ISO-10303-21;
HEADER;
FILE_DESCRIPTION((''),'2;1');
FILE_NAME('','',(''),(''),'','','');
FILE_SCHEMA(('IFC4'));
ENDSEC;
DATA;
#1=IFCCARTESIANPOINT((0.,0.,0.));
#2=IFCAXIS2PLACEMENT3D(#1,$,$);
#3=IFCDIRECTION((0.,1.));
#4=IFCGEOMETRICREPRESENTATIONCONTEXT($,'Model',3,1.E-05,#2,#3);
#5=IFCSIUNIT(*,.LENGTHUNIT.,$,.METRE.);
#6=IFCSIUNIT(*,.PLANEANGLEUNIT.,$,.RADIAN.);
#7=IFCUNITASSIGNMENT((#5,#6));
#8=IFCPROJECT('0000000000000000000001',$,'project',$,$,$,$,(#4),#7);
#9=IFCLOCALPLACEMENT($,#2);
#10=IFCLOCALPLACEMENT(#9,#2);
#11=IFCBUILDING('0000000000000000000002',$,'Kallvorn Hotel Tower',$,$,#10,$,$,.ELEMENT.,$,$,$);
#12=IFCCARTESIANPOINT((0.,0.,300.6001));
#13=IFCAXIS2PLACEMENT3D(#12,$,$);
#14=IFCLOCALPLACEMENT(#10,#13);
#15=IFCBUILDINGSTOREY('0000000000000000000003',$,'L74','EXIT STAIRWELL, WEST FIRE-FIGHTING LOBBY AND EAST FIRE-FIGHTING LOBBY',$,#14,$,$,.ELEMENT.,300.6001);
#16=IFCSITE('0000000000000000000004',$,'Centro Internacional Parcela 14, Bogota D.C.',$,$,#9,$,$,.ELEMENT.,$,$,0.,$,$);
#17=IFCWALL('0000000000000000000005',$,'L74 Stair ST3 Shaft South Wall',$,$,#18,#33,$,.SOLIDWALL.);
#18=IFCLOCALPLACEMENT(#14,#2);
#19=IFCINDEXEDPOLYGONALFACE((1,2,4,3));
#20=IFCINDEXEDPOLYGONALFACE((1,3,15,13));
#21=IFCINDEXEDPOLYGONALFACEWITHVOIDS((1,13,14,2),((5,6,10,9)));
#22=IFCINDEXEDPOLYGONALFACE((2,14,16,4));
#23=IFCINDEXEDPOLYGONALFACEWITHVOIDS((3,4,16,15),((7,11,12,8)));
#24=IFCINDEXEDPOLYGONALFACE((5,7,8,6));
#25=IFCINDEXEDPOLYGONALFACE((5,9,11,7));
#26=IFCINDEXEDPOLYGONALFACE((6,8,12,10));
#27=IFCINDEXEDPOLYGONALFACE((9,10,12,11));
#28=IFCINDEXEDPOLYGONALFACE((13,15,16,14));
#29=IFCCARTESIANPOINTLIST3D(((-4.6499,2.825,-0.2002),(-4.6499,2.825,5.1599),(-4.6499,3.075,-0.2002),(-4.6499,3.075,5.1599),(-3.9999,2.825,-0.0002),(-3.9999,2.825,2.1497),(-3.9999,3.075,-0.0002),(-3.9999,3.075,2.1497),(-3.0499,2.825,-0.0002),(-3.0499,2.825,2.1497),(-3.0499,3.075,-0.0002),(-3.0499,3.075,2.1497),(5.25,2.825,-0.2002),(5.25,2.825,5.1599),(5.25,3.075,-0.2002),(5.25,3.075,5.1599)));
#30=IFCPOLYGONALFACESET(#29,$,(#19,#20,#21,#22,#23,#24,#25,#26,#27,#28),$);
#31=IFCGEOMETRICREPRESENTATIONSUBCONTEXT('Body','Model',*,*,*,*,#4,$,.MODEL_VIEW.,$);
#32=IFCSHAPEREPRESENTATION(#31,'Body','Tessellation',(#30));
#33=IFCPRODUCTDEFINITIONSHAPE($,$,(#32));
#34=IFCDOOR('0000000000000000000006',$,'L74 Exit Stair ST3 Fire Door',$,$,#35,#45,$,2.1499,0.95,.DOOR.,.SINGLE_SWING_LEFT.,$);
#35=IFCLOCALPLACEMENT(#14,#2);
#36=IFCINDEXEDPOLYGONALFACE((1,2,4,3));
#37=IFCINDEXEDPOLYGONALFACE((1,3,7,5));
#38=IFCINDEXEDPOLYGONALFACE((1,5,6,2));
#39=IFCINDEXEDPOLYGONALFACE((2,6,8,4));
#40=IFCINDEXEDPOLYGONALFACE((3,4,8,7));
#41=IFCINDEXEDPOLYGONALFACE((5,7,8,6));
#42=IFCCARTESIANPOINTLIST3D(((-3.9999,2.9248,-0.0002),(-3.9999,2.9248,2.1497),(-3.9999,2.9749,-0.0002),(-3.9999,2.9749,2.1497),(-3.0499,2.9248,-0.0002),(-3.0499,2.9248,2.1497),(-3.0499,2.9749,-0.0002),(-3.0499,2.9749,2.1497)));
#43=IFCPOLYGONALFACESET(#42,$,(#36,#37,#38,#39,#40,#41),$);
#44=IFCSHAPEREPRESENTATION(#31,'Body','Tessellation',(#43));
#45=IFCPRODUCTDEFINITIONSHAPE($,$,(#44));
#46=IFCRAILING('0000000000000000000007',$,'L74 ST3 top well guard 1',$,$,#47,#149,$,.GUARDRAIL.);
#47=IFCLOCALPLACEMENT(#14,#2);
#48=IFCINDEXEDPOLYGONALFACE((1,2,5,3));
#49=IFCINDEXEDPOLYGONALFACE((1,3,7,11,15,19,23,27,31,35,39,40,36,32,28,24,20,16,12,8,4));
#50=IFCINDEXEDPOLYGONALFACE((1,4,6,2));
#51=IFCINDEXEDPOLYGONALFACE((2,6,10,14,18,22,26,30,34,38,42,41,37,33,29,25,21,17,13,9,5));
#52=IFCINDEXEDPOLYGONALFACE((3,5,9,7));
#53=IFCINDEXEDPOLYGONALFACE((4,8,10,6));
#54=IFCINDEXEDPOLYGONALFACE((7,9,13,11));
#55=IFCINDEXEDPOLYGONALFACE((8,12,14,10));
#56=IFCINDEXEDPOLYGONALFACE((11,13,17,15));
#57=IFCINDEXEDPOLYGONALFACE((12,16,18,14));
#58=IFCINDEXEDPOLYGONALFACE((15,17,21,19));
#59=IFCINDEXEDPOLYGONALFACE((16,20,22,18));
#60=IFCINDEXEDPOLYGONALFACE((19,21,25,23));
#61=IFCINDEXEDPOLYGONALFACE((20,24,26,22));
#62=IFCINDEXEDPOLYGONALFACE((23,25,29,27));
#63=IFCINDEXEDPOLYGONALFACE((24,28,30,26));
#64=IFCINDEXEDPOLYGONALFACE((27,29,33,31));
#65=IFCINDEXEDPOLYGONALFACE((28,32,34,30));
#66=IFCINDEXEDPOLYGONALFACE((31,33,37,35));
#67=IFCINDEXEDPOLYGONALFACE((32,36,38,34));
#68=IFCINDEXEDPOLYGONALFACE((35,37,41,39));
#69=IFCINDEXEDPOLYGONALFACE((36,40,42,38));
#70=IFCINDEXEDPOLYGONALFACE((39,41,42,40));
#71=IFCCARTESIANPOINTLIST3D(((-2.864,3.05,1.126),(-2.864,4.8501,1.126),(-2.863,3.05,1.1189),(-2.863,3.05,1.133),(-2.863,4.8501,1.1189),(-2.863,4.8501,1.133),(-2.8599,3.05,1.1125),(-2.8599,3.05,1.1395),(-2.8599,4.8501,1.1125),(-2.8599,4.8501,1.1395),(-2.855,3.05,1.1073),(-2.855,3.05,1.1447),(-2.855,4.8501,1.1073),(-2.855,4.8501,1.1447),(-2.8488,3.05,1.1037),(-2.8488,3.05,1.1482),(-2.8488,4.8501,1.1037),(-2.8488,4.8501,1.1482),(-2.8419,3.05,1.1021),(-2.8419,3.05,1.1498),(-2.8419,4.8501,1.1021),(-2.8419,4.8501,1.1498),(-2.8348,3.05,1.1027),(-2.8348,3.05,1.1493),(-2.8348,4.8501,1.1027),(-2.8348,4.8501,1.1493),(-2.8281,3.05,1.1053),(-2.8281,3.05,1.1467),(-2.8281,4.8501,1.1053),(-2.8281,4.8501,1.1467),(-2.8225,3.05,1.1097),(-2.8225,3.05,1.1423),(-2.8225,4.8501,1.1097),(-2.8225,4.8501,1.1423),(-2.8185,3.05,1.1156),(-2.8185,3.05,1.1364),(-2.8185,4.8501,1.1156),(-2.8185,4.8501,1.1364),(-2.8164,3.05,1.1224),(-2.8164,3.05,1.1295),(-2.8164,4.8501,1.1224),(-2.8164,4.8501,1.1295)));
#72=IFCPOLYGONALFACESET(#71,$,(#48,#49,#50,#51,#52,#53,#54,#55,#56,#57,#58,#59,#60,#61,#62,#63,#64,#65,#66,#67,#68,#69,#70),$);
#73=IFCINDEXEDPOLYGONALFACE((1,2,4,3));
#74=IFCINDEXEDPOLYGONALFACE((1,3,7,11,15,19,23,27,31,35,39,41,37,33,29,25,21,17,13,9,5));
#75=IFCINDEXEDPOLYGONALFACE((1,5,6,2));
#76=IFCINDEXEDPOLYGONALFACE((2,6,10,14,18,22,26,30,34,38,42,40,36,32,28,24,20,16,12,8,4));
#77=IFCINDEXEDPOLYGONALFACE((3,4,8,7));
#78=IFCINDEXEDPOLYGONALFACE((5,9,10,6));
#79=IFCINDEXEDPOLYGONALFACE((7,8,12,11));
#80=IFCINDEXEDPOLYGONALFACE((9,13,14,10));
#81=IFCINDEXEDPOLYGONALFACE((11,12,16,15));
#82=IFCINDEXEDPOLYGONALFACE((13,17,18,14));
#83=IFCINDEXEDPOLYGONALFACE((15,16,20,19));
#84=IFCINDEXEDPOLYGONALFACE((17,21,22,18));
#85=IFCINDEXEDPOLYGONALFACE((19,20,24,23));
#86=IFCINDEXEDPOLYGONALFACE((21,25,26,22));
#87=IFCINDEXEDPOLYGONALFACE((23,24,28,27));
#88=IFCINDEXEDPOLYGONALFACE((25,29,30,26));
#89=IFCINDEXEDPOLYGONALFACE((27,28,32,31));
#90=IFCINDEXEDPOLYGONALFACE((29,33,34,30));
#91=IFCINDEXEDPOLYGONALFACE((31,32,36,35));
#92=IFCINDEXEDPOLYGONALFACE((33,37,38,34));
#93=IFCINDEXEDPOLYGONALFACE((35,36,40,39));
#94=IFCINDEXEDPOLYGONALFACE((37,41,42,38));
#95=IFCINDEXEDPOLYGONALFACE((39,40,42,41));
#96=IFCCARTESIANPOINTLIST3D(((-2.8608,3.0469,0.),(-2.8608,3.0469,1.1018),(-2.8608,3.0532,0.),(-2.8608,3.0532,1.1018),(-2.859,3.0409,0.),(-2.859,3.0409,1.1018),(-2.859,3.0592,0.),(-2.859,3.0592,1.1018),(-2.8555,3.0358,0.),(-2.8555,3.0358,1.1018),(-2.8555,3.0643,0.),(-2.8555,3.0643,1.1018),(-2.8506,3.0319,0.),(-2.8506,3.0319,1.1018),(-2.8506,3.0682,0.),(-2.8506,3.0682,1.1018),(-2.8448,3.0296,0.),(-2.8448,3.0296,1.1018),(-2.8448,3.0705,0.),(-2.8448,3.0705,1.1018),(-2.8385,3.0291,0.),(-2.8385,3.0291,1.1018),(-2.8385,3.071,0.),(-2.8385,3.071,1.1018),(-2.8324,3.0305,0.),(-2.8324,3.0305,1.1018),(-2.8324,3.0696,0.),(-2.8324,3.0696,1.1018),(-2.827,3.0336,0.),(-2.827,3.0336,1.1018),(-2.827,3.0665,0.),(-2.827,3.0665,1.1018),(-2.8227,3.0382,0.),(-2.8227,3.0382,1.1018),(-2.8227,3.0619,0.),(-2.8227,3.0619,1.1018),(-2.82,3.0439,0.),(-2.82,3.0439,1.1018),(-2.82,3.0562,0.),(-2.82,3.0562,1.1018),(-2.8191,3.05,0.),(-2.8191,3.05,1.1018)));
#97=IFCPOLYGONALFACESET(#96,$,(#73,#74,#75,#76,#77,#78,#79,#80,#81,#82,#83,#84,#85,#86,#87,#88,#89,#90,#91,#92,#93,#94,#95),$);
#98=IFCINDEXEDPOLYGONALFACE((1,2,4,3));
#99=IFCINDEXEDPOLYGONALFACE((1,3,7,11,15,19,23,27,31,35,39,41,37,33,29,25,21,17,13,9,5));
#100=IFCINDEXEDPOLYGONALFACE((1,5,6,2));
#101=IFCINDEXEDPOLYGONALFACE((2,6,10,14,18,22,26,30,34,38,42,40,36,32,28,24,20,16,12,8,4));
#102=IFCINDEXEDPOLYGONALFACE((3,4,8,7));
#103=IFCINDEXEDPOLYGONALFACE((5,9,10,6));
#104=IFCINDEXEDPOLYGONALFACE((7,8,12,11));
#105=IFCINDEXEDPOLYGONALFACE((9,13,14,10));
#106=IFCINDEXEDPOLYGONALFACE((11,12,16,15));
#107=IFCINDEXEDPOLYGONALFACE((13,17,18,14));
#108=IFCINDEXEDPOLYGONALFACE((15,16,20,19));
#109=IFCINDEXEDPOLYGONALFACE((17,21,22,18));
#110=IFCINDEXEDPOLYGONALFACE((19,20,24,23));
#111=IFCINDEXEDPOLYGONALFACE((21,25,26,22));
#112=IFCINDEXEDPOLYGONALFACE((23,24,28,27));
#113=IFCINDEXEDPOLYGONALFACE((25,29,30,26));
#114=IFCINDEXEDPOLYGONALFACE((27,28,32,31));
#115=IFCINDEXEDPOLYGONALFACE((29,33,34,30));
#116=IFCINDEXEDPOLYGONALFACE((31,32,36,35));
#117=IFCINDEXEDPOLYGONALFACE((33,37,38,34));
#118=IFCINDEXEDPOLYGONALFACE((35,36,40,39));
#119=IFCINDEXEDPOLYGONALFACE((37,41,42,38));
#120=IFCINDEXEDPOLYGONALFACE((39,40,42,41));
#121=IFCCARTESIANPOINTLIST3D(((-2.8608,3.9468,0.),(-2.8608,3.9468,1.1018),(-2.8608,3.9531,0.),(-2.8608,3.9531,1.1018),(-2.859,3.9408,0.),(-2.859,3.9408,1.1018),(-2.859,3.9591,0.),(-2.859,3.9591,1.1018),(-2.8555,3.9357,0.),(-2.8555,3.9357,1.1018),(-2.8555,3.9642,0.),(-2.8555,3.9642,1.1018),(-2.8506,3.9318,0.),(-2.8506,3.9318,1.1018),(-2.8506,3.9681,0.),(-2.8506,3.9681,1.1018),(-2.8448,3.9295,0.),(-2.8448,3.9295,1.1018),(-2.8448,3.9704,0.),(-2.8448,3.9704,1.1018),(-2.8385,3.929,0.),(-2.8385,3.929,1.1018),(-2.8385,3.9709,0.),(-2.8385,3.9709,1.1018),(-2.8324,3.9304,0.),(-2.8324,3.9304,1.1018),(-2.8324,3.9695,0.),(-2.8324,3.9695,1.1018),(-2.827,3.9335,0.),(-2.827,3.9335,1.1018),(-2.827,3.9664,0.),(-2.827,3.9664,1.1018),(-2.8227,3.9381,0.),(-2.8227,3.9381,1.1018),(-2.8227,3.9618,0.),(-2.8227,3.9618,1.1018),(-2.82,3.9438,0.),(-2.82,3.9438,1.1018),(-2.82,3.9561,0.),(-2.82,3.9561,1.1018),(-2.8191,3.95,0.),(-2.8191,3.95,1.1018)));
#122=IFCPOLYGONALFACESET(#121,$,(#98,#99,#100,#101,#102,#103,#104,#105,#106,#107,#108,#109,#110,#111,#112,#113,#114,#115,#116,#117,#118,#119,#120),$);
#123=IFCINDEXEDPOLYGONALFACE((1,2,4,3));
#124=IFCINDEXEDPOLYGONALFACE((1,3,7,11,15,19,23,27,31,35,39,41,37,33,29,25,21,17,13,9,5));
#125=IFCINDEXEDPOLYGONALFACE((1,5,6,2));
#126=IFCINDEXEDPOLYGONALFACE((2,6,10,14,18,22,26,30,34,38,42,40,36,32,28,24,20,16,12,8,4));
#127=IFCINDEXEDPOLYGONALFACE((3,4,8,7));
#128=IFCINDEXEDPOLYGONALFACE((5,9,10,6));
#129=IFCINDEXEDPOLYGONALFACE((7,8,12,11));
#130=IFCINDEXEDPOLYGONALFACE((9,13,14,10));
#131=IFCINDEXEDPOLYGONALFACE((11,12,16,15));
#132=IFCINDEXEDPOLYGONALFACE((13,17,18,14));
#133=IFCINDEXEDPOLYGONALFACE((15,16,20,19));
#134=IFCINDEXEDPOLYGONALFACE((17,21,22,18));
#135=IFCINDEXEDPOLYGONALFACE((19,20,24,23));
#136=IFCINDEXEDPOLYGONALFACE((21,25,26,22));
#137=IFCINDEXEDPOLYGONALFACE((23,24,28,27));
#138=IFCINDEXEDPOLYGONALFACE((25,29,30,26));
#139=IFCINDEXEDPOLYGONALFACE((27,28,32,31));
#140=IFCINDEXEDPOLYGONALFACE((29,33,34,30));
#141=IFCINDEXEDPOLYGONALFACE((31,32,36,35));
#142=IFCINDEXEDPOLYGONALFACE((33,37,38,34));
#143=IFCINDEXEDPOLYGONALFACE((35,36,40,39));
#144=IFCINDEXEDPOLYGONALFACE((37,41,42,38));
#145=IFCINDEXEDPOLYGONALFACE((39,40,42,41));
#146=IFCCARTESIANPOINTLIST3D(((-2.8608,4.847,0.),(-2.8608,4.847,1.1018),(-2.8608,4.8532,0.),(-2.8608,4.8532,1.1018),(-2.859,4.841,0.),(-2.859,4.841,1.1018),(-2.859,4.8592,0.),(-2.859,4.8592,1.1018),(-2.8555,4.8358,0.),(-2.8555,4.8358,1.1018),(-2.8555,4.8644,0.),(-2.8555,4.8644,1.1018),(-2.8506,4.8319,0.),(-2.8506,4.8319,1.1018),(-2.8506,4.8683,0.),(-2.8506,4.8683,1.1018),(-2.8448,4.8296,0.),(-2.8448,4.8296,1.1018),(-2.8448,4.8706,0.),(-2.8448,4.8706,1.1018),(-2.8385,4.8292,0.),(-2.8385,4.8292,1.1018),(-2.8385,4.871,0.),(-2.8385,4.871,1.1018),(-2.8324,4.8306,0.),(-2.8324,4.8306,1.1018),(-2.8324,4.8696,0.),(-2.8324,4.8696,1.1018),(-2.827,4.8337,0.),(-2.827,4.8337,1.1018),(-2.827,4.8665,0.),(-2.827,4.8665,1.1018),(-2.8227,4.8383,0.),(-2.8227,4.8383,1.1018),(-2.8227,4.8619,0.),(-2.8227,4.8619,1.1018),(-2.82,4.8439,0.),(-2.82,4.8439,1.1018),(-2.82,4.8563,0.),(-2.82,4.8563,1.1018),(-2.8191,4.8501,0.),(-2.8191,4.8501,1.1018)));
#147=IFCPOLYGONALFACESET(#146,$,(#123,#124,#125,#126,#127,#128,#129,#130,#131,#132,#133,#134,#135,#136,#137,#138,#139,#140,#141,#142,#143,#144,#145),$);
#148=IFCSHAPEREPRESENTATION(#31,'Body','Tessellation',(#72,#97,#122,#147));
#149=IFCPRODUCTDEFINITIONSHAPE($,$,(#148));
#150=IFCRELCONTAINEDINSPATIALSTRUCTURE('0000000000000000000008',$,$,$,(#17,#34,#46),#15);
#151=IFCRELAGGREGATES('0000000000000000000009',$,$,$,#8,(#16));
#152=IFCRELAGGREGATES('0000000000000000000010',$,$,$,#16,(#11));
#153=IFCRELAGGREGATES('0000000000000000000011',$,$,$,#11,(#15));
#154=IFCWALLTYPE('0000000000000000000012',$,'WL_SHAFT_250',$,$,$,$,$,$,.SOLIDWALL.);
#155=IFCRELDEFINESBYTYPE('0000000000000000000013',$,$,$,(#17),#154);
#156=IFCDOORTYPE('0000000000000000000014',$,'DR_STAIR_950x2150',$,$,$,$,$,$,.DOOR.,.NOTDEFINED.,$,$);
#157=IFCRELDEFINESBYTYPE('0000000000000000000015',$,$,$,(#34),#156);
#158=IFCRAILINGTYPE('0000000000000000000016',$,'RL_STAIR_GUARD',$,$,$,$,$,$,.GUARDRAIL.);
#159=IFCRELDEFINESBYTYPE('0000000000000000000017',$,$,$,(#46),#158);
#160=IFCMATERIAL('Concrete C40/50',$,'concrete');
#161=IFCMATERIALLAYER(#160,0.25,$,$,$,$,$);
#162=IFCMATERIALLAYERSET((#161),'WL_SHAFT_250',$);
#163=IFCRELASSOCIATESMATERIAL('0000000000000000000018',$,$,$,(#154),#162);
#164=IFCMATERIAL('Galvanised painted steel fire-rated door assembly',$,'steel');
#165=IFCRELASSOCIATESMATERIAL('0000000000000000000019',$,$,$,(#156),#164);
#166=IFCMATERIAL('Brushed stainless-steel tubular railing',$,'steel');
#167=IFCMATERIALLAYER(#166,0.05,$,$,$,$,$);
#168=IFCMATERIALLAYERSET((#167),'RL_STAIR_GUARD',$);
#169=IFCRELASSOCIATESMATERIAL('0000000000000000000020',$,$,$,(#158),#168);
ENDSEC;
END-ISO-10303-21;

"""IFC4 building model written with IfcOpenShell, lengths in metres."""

from ifc_helpers import new_model, si_unit, direction, frame, frame_2d, origin, origin_2d, place, context, subcontext, project, spatial, rectangle, circle, extrude, material, layer, layer_set, type_object, element, fill, save


model = new_model("IFC4")

# Units and contexts
model_context = context("Model", 3, precision=1e-05, world=origin(), true_north=direction((0.0, 1.0)))
body_context = subcontext(model_context, "Body", "Model", "MODEL_VIEW")
ifc_project = project(units=[si_unit("LENGTHUNIT", "METRE"), si_unit("PLANEANGLEUNIT", "RADIAN")], contexts=[model_context])

# Site, building, storey
site_placement = place(None, origin())
site = spatial("IfcSite", under=ifc_project, at=site_placement, Name="Centro Internacional Parcela 14, Bogota D.C.", CompositionType="ELEMENT", RefElevation=0.0)
building_placement = place(site_placement, origin())
building = spatial("IfcBuilding", under=site, at=building_placement, Name="Kallvorn Hotel Tower", CompositionType="ELEMENT")
storey_placement = place(building_placement, frame((0.0, 0.0, 300.6001)))
storey = spatial("IfcBuildingStorey", under=building, at=storey_placement, Name="L74", Description="EXIT STAIRWELL, WEST FIRE-FIGHTING LOBBY AND EAST FIRE-FIGHTING LOBBY", CompositionType="ELEMENT", Elevation=300.6001)

# Shared definitions
ifc_material_1 = material(Name="Concrete C40/50", Category="concrete")
ifc_layer_1 = layer(ifc_material_1, 0.25)
ifc_layer_set_1 = layer_set([ifc_layer_1], Name="WL_SHAFT_250")
wall_type_1 = type_object("IfcWallType", Name="WL_SHAFT_250", PredefinedType="SOLIDWALL", material=ifc_layer_set_1)

# Wall, opening, door
wall_1_placement = place(storey_placement, frame((-4.6499, 2.95, -0.2002), z_axis=(0.0, 0.0, 1.0), x_axis=(1.0, 0.0, 0.0)))
wall_1 = element("IfcWall", 1, at=wall_1_placement, inside=storey, type_object=wall_type_1, Name="L74 Stair ST3 Shaft South Wall", PredefinedType="SOLIDWALL", context=body_context, shape_type="SweptSolid", body=[
    extrude(rectangle(XDim=9.8999, YDim=0.25, at=frame_2d((4.95, 0.0))), origin(), (0.0, 0.0, 1.0), 5.3601),
])
opening_placement = place(wall_1_placement, frame((0.6499, 0.0, 0.2)))
opening = element("IfcOpeningElement", 2, at=opening_placement, cuts=wall_1, PredefinedType="OPENING", context=body_context, shape_type="SweptSolid", body=[
    extrude(rectangle(XDim=0.95, YDim=2.1499, at=frame_2d((0.4751, 1.075))), frame((0.0, 0.1399, 0.0), z_axis=(0.0, -1.0, 0.0), x_axis=(1.0, 0.0, 0.0)), (0.0, 0.0, 1.0), 0.28),
])
ifc_material_2 = material(Name="Galvanised painted steel fire-rated door assembly", Category="steel")
door_type = type_object("IfcDoorType", Name="DR_STAIR_950x2150", OperationType="NOTDEFINED", PredefinedType="DOOR", material=ifc_material_2)
door_placement = place(opening_placement, origin())
door = element("IfcDoor", 3, at=door_placement, inside=storey, type_object=door_type, Name="L74 Exit Stair ST3 Fire Door", OperationType="SINGLE_SWING_LEFT", OverallHeight=2.1499, OverallWidth=0.95, PredefinedType="DOOR", context=body_context, shape_type="SweptSolid", body=[
    extrude(rectangle(XDim=0.95, YDim=2.1499, at=frame_2d((0.4751, 1.075))), frame((0.0, 0.0249, 0.0), z_axis=(0.0, -1.0, 0.0), x_axis=(1.0, 0.0, 0.0)), (0.0, 0.0, 1.0), 0.05),
])
fill(opening, door)

# Railing
ifc_material_3 = material(Name="Brushed stainless-steel tubular railing", Category="steel")
ifc_layer_2 = layer(ifc_material_3, 0.05)
ifc_layer_set_2 = layer_set([ifc_layer_2], Name="RL_STAIR_GUARD")
railing_type = type_object("IfcRailingType", Name="RL_STAIR_GUARD", PredefinedType="GUARDRAIL", material=ifc_layer_set_2)
railing_placement = place(storey_placement, frame((-2.8401, 3.05, 0.0)))
element("IfcRailing", 4, at=railing_placement, inside=storey, type_object=railing_type, Name="L74 ST3 top well guard 1", PredefinedType="GUARDRAIL", context=body_context, shape_type="SweptSolid", body=[
    extrude(circle(Radius=0.0239, at=origin_2d()), frame((0.0, 0.0, 1.126), z_axis=(0.0, 1.0, 0.0), x_axis=(-1.0, 0.0, 0.0)), (0.0, 0.0, 1.0), 1.8),
    extrude(circle(Radius=0.021, at=origin_2d()), origin(), (0.0, 0.0, 1.0), 1.1018),
    extrude(circle(Radius=0.021, at=origin_2d()), frame((0.0, 0.8999, 0.0)), (0.0, 0.0, 1.0), 1.1018),
    extrude(circle(Radius=0.021, at=origin_2d()), frame((0.0, 1.8, 0.0)), (0.0, 0.0, 1.0), 1.1018),
])

save(model, "model.ifc")
